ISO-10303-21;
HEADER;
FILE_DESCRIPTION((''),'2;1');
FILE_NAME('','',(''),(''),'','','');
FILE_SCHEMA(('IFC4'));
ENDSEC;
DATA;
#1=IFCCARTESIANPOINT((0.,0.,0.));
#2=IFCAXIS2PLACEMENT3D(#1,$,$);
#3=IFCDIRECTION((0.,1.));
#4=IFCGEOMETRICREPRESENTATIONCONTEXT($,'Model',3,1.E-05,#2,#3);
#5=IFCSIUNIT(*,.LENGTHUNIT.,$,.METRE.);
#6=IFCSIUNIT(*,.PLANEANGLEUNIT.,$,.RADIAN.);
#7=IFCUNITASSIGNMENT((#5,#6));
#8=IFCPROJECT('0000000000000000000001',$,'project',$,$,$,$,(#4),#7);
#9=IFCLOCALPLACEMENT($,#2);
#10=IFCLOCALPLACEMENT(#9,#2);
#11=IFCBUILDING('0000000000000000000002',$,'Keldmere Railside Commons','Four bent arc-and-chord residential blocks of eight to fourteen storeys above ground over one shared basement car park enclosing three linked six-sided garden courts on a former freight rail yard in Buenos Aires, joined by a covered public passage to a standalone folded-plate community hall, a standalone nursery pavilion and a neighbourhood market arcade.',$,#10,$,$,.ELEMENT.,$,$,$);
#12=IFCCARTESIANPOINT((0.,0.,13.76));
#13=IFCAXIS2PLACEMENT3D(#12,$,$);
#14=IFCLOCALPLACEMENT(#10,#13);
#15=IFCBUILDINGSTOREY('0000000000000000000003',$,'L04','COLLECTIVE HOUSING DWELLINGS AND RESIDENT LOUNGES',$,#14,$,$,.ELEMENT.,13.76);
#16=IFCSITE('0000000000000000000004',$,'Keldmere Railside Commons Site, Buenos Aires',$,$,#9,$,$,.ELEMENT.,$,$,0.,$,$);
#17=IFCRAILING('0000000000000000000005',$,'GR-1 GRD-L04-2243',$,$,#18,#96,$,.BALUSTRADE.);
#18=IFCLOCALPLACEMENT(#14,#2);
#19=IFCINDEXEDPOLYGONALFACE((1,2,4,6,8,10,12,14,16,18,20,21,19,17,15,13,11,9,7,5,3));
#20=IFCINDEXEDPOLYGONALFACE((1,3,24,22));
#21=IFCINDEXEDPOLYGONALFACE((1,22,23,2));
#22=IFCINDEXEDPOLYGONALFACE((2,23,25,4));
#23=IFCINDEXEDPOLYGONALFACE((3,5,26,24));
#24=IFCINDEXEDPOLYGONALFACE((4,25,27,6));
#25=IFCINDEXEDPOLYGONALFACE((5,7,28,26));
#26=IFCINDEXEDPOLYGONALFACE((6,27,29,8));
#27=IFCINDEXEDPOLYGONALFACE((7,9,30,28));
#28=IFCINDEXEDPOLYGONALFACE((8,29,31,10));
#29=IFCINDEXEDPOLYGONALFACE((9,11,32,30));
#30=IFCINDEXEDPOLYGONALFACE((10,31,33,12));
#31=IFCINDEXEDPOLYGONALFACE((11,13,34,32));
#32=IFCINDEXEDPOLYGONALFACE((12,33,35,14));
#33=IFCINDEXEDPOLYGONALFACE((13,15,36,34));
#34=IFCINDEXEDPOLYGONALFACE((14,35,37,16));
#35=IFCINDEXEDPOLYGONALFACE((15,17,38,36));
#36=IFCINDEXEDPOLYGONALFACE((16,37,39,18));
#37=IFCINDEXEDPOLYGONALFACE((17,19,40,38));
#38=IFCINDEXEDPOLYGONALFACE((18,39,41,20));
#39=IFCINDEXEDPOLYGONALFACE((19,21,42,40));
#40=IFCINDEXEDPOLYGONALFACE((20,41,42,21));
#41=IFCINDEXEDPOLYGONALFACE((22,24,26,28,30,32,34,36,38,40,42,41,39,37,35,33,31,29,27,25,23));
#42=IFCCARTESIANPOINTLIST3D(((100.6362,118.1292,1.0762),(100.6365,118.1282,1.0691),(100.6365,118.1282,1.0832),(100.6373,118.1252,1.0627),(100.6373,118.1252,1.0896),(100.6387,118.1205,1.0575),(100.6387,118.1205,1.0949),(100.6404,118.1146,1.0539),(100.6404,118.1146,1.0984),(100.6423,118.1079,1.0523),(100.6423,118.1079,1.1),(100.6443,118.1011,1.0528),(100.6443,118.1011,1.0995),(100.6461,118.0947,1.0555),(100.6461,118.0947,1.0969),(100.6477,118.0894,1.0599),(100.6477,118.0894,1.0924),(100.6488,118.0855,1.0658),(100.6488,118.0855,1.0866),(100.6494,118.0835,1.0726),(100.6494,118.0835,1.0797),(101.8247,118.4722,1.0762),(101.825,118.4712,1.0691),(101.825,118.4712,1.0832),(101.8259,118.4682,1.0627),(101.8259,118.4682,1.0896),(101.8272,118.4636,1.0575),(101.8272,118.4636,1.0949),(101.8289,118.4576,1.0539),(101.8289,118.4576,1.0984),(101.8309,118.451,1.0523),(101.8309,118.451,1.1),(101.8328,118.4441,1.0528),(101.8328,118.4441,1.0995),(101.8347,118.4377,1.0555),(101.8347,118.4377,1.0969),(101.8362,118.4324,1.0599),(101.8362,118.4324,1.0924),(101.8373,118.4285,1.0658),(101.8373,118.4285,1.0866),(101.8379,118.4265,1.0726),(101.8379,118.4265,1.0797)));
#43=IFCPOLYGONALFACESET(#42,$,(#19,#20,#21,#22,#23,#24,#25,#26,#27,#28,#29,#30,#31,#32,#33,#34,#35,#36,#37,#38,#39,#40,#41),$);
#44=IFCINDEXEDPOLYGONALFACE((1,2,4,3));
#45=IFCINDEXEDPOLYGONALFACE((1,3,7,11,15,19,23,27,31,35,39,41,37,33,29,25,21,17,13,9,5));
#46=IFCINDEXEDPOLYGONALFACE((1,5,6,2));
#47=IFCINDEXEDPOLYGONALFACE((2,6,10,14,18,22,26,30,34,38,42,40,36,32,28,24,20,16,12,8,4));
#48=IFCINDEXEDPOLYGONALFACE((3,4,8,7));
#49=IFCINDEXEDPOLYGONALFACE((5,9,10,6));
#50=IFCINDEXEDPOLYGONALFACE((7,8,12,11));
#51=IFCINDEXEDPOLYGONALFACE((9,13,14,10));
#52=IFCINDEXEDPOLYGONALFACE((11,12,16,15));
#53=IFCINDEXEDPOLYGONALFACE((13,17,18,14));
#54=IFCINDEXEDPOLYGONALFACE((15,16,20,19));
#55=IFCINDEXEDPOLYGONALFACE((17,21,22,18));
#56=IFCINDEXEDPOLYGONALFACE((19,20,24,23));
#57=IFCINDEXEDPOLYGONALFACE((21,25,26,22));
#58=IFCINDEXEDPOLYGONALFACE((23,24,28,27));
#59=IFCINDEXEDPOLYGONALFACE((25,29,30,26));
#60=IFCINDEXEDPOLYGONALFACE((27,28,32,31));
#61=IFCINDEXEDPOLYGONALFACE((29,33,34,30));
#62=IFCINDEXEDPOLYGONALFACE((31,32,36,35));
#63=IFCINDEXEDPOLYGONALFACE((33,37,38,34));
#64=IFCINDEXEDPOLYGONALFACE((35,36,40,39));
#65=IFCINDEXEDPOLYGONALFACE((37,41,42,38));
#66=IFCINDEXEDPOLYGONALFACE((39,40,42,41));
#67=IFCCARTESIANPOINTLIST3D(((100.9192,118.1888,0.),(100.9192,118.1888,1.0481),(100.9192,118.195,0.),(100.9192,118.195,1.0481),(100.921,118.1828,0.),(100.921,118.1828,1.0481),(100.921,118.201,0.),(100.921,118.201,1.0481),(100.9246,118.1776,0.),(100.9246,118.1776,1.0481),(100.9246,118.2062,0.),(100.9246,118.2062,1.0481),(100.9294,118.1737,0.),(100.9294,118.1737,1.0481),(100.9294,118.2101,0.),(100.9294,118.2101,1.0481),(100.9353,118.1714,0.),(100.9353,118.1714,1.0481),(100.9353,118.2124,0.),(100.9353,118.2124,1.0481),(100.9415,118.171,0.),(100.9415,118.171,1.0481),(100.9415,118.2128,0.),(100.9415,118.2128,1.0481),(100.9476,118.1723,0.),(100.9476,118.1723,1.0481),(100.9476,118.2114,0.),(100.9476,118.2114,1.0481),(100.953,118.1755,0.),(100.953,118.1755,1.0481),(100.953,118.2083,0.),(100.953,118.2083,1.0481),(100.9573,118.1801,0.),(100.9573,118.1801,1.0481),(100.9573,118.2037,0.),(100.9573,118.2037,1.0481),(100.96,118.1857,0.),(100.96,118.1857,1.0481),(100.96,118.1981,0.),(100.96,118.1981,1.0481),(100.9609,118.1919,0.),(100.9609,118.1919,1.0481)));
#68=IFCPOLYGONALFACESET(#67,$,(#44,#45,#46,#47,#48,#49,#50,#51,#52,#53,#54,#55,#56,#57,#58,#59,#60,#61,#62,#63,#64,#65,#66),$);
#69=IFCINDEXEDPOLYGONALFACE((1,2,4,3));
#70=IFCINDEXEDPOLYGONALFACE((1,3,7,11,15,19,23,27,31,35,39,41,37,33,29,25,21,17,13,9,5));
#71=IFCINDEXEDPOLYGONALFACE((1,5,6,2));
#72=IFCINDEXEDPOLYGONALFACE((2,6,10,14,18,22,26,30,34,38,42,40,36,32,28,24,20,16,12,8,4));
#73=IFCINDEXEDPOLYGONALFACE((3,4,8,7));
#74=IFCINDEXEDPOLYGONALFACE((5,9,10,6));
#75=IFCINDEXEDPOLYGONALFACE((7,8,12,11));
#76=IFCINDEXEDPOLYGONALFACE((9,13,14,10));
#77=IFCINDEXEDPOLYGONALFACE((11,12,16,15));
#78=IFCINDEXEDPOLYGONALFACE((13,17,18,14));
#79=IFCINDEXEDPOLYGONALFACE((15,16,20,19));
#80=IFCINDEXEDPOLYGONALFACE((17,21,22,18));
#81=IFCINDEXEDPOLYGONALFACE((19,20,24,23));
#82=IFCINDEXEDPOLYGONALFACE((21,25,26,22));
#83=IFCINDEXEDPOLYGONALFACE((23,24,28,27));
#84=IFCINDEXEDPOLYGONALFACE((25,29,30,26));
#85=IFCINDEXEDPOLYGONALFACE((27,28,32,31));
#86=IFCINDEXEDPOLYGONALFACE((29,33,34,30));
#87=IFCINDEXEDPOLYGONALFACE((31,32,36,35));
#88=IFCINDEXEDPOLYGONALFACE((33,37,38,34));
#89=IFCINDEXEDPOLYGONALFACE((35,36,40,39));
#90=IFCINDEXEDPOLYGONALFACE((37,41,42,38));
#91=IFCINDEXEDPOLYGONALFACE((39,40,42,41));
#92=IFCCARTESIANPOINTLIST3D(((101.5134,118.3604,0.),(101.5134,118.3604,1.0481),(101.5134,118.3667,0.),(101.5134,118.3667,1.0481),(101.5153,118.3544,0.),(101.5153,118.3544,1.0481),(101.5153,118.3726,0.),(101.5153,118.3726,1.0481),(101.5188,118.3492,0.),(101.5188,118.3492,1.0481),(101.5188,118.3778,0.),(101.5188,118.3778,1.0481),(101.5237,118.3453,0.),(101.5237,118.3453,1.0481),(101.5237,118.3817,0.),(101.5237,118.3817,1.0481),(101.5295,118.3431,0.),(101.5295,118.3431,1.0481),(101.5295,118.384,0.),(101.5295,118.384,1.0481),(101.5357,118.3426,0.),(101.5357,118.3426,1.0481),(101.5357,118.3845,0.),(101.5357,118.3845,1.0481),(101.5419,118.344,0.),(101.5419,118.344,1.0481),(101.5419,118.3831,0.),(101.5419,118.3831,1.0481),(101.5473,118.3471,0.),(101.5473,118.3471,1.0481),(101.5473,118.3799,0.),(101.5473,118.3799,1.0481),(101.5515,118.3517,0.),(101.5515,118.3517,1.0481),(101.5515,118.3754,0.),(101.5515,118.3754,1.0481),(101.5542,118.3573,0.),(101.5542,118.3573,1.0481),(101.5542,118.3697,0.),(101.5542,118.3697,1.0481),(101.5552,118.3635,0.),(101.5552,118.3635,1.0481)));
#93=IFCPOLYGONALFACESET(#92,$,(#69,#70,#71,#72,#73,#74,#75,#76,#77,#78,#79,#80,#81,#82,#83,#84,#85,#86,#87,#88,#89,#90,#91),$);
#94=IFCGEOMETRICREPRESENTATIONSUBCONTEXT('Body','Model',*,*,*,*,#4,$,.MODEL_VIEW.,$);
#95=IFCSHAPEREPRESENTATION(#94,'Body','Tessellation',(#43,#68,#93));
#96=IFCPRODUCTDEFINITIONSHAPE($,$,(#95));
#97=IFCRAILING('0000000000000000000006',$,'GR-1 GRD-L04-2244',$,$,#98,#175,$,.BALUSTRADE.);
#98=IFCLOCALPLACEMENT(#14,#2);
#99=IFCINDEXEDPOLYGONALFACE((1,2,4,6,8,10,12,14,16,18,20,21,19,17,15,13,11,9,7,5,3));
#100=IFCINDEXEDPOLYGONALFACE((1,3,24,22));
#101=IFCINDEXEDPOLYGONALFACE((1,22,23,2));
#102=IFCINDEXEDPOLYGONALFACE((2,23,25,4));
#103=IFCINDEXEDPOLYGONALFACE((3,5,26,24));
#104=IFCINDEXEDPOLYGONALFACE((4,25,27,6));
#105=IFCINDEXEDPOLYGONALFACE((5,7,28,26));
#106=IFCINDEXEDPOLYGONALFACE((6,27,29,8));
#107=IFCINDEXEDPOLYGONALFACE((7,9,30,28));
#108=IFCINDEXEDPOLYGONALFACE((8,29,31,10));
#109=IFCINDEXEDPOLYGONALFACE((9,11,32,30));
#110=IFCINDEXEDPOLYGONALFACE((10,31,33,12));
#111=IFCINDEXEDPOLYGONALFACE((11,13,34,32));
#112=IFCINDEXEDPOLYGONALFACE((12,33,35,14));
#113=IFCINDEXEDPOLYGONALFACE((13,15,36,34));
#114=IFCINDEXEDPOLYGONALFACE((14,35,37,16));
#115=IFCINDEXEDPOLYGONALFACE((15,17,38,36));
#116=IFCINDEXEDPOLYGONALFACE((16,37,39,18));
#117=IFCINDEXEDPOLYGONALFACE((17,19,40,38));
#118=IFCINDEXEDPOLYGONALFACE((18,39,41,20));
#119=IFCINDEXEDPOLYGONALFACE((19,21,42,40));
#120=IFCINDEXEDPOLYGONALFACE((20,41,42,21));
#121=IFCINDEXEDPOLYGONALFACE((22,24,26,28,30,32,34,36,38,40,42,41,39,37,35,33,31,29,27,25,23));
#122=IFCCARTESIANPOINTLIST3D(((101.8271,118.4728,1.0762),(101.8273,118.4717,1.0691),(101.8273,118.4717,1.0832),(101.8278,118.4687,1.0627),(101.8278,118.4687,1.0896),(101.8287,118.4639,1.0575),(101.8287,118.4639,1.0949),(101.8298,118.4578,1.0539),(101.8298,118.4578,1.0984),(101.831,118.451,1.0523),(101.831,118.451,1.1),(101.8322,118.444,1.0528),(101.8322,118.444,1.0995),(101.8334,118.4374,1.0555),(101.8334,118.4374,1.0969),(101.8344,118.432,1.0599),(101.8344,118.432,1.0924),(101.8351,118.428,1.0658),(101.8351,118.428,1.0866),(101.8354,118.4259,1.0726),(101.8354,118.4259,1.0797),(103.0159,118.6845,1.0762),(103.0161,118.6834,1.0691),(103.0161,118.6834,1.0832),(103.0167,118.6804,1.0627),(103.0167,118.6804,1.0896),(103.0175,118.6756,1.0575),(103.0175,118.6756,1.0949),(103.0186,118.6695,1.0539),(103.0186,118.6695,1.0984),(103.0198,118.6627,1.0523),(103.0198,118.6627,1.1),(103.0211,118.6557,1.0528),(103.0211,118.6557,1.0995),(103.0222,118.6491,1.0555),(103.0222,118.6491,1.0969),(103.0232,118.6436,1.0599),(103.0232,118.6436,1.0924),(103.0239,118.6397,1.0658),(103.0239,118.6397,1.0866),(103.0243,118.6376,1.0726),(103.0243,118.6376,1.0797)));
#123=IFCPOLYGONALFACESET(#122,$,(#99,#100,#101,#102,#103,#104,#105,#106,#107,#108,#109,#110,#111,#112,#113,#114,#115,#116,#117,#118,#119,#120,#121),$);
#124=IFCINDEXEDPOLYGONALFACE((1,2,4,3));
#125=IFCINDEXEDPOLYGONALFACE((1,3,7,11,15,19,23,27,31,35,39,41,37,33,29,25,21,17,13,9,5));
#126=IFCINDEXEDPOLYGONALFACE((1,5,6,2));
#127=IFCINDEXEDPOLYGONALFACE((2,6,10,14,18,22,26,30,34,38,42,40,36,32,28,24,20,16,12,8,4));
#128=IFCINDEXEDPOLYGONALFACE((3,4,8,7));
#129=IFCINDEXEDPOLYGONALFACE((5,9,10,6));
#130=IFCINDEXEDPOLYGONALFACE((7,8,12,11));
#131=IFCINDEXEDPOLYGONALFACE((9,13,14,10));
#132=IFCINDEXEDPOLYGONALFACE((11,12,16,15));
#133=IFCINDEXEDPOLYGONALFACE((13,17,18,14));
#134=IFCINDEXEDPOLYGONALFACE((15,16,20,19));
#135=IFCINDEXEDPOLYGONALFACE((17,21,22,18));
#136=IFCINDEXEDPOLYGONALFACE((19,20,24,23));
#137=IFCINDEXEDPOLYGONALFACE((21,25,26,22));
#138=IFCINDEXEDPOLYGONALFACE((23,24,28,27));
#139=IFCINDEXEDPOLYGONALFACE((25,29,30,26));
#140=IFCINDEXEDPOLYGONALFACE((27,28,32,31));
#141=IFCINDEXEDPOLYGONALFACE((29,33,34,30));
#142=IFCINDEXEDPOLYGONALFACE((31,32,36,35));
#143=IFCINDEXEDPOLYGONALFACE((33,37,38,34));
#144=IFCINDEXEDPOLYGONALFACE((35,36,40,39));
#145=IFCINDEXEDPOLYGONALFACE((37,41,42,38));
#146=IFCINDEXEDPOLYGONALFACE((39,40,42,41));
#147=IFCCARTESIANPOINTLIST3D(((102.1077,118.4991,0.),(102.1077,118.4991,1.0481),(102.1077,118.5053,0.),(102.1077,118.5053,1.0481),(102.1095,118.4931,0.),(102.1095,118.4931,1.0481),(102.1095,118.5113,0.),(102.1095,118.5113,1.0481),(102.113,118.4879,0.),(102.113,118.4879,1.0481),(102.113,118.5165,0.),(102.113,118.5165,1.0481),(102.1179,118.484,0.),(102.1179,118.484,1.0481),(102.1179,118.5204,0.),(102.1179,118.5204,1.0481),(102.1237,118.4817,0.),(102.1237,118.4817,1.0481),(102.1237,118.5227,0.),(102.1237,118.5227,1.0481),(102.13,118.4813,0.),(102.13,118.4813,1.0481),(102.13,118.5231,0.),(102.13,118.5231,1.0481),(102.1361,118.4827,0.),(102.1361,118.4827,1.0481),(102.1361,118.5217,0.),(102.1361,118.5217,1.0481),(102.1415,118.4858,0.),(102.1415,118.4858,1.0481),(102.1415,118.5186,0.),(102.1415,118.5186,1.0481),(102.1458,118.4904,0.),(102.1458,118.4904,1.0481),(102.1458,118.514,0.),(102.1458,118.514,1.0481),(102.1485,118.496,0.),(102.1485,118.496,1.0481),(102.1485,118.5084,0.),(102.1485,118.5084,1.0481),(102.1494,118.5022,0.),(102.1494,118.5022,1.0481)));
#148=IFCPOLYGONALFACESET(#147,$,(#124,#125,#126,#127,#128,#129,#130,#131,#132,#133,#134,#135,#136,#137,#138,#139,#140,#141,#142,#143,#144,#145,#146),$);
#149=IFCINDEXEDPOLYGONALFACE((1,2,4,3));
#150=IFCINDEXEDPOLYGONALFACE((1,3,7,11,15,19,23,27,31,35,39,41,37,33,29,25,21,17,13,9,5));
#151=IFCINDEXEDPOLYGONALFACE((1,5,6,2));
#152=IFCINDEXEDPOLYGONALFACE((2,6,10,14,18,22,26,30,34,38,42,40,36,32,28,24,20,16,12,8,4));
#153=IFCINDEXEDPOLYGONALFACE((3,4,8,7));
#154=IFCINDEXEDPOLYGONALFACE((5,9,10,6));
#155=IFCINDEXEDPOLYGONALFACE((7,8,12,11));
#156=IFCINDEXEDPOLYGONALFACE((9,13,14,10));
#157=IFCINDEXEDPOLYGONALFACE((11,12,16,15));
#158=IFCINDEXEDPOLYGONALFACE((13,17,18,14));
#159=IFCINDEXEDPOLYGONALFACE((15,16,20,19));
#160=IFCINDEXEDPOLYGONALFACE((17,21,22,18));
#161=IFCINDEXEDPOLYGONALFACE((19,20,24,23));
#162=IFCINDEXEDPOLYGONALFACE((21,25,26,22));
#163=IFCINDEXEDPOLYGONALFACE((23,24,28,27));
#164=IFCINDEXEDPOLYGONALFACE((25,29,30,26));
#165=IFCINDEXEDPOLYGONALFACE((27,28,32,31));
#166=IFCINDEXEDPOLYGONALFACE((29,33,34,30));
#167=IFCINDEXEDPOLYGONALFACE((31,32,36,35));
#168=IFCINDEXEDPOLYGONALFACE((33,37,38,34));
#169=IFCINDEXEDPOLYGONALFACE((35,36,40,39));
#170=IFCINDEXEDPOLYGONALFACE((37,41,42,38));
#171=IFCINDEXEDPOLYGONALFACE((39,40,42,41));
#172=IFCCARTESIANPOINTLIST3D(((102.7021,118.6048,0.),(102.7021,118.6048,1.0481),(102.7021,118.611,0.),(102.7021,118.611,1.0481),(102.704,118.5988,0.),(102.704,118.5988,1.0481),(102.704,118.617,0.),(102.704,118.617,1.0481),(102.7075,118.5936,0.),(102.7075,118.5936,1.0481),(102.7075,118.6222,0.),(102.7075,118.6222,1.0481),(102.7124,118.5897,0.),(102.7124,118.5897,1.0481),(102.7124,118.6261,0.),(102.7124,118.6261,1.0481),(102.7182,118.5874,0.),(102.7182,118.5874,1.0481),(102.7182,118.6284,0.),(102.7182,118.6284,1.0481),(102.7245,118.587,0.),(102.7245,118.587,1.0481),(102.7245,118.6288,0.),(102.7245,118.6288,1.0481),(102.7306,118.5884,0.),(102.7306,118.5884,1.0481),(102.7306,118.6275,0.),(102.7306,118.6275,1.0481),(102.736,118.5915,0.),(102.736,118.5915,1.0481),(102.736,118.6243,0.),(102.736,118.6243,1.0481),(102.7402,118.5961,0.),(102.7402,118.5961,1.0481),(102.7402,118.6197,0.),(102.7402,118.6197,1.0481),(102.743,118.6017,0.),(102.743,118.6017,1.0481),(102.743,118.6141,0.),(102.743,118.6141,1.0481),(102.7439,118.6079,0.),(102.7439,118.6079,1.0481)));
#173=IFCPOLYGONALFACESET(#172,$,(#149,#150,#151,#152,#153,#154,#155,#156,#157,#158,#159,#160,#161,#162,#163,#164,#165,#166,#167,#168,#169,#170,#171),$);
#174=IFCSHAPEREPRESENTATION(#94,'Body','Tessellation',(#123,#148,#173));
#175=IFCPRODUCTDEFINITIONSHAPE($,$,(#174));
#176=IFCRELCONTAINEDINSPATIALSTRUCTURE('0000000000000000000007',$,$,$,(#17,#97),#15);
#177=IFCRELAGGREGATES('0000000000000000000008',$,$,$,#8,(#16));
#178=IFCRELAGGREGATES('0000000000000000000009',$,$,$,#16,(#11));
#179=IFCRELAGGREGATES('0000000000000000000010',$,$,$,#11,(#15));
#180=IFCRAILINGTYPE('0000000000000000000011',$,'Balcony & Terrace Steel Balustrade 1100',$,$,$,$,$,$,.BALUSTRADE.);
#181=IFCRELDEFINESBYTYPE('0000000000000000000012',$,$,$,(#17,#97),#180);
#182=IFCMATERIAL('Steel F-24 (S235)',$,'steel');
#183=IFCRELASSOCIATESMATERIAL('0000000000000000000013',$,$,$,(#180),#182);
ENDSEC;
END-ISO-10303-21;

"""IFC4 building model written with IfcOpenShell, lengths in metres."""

from ifc_helpers import new_model, si_unit, direction, frame, origin, origin_2d, place, context, subcontext, project, spatial, circle, extrude, material, type_object, element, save


model = new_model("IFC4")

# Units and contexts
model_context = context("Model", 3, precision=1e-05, world=origin(), true_north=direction((0.0, 1.0)))
body_context = subcontext(model_context, "Body", "Model", "MODEL_VIEW")
ifc_project = project(units=[si_unit("LENGTHUNIT", "METRE"), si_unit("PLANEANGLEUNIT", "RADIAN")], contexts=[model_context])

# Site, building, storey
site_placement = place(None, origin())
site = spatial("IfcSite", under=ifc_project, at=site_placement, Name="Keldmere Railside Commons Site, Buenos Aires", CompositionType="ELEMENT", RefElevation=0.0)
building_placement = place(site_placement, origin())
building = spatial("IfcBuilding", under=site, at=building_placement, Name="Keldmere Railside Commons", Description="Four bent arc-and-chord residential blocks of eight to fourteen storeys above ground over one shared basement car park enclosing three linked six-sided garden courts on a former freight rail yard in Buenos Aires, joined by a covered public passage to a standalone folded-plate community hall, a standalone nursery pavilion and a neighbourhood market arcade.", CompositionType="ELEMENT")
storey_placement = place(building_placement, frame((0.0, 0.0, 13.76)))
storey = spatial("IfcBuildingStorey", under=building, at=storey_placement, Name="L04", Description="COLLECTIVE HOUSING DWELLINGS AND RESIDENT LOUNGES", CompositionType="ELEMENT", Elevation=13.76)

# Railings
ifc_material_1 = material(Name="Steel F-24 (S235)", Category="steel")
railing_type = type_object("IfcRailingType", Name="Balcony & Terrace Steel Balustrade 1100", PredefinedType="BALUSTRADE", material=ifc_material_1)
railing_1_placement = place(storey_placement, frame((100.6428, 118.1062, 0.0)))
element("IfcRailing", 1, at=railing_1_placement, inside=storey, type_object=railing_type, Name="GR-1 GRD-L04-2243", PredefinedType="BALUSTRADE", context=body_context, shape_type="SweptSolid", body=[
    extrude(circle(Radius=0.0239, at=origin_2d()), frame((0.0, 0.0, 1.0762), z_axis=(0.960783, 0.277301, 0.0), x_axis=(-0.277301, 0.960783, 0.0)), (0.0, 0.0, 1.0), 1.2371),
    extrude(circle(Radius=0.021, at=origin_2d()), frame((0.2971, 0.0857, 0.0)), (0.0, 0.0, 1.0), 1.0481),
    extrude(circle(Radius=0.021, at=origin_2d()), frame((0.8914, 0.2573, 0.0)), (0.0, 0.0, 1.0), 1.0481),
])
railing_2_placement = place(storey_placement, frame((101.8313, 118.4492, 0.0)))
element("IfcRailing", 2, at=railing_2_placement, inside=storey, type_object=railing_type, Name="GR-1 GRD-L04-2244", PredefinedType="BALUSTRADE", context=body_context, shape_type="SweptSolid", body=[
    extrude(circle(Radius=0.0239, at=origin_2d()), frame((0.0, 0.0, 1.0762), z_axis=(0.984514, 0.175308, 0.0), x_axis=(-0.175308, 0.984514, 0.0)), (0.0, 0.0, 1.0), 1.2075),
    extrude(circle(Radius=0.021, at=origin_2d()), frame((0.2971, 0.053, 0.0)), (0.0, 0.0, 1.0), 1.0481),
    extrude(circle(Radius=0.021, at=origin_2d()), frame((0.8916, 0.1587, 0.0)), (0.0, 0.0, 1.0), 1.0481),
])

save(model, "model.ifc")
